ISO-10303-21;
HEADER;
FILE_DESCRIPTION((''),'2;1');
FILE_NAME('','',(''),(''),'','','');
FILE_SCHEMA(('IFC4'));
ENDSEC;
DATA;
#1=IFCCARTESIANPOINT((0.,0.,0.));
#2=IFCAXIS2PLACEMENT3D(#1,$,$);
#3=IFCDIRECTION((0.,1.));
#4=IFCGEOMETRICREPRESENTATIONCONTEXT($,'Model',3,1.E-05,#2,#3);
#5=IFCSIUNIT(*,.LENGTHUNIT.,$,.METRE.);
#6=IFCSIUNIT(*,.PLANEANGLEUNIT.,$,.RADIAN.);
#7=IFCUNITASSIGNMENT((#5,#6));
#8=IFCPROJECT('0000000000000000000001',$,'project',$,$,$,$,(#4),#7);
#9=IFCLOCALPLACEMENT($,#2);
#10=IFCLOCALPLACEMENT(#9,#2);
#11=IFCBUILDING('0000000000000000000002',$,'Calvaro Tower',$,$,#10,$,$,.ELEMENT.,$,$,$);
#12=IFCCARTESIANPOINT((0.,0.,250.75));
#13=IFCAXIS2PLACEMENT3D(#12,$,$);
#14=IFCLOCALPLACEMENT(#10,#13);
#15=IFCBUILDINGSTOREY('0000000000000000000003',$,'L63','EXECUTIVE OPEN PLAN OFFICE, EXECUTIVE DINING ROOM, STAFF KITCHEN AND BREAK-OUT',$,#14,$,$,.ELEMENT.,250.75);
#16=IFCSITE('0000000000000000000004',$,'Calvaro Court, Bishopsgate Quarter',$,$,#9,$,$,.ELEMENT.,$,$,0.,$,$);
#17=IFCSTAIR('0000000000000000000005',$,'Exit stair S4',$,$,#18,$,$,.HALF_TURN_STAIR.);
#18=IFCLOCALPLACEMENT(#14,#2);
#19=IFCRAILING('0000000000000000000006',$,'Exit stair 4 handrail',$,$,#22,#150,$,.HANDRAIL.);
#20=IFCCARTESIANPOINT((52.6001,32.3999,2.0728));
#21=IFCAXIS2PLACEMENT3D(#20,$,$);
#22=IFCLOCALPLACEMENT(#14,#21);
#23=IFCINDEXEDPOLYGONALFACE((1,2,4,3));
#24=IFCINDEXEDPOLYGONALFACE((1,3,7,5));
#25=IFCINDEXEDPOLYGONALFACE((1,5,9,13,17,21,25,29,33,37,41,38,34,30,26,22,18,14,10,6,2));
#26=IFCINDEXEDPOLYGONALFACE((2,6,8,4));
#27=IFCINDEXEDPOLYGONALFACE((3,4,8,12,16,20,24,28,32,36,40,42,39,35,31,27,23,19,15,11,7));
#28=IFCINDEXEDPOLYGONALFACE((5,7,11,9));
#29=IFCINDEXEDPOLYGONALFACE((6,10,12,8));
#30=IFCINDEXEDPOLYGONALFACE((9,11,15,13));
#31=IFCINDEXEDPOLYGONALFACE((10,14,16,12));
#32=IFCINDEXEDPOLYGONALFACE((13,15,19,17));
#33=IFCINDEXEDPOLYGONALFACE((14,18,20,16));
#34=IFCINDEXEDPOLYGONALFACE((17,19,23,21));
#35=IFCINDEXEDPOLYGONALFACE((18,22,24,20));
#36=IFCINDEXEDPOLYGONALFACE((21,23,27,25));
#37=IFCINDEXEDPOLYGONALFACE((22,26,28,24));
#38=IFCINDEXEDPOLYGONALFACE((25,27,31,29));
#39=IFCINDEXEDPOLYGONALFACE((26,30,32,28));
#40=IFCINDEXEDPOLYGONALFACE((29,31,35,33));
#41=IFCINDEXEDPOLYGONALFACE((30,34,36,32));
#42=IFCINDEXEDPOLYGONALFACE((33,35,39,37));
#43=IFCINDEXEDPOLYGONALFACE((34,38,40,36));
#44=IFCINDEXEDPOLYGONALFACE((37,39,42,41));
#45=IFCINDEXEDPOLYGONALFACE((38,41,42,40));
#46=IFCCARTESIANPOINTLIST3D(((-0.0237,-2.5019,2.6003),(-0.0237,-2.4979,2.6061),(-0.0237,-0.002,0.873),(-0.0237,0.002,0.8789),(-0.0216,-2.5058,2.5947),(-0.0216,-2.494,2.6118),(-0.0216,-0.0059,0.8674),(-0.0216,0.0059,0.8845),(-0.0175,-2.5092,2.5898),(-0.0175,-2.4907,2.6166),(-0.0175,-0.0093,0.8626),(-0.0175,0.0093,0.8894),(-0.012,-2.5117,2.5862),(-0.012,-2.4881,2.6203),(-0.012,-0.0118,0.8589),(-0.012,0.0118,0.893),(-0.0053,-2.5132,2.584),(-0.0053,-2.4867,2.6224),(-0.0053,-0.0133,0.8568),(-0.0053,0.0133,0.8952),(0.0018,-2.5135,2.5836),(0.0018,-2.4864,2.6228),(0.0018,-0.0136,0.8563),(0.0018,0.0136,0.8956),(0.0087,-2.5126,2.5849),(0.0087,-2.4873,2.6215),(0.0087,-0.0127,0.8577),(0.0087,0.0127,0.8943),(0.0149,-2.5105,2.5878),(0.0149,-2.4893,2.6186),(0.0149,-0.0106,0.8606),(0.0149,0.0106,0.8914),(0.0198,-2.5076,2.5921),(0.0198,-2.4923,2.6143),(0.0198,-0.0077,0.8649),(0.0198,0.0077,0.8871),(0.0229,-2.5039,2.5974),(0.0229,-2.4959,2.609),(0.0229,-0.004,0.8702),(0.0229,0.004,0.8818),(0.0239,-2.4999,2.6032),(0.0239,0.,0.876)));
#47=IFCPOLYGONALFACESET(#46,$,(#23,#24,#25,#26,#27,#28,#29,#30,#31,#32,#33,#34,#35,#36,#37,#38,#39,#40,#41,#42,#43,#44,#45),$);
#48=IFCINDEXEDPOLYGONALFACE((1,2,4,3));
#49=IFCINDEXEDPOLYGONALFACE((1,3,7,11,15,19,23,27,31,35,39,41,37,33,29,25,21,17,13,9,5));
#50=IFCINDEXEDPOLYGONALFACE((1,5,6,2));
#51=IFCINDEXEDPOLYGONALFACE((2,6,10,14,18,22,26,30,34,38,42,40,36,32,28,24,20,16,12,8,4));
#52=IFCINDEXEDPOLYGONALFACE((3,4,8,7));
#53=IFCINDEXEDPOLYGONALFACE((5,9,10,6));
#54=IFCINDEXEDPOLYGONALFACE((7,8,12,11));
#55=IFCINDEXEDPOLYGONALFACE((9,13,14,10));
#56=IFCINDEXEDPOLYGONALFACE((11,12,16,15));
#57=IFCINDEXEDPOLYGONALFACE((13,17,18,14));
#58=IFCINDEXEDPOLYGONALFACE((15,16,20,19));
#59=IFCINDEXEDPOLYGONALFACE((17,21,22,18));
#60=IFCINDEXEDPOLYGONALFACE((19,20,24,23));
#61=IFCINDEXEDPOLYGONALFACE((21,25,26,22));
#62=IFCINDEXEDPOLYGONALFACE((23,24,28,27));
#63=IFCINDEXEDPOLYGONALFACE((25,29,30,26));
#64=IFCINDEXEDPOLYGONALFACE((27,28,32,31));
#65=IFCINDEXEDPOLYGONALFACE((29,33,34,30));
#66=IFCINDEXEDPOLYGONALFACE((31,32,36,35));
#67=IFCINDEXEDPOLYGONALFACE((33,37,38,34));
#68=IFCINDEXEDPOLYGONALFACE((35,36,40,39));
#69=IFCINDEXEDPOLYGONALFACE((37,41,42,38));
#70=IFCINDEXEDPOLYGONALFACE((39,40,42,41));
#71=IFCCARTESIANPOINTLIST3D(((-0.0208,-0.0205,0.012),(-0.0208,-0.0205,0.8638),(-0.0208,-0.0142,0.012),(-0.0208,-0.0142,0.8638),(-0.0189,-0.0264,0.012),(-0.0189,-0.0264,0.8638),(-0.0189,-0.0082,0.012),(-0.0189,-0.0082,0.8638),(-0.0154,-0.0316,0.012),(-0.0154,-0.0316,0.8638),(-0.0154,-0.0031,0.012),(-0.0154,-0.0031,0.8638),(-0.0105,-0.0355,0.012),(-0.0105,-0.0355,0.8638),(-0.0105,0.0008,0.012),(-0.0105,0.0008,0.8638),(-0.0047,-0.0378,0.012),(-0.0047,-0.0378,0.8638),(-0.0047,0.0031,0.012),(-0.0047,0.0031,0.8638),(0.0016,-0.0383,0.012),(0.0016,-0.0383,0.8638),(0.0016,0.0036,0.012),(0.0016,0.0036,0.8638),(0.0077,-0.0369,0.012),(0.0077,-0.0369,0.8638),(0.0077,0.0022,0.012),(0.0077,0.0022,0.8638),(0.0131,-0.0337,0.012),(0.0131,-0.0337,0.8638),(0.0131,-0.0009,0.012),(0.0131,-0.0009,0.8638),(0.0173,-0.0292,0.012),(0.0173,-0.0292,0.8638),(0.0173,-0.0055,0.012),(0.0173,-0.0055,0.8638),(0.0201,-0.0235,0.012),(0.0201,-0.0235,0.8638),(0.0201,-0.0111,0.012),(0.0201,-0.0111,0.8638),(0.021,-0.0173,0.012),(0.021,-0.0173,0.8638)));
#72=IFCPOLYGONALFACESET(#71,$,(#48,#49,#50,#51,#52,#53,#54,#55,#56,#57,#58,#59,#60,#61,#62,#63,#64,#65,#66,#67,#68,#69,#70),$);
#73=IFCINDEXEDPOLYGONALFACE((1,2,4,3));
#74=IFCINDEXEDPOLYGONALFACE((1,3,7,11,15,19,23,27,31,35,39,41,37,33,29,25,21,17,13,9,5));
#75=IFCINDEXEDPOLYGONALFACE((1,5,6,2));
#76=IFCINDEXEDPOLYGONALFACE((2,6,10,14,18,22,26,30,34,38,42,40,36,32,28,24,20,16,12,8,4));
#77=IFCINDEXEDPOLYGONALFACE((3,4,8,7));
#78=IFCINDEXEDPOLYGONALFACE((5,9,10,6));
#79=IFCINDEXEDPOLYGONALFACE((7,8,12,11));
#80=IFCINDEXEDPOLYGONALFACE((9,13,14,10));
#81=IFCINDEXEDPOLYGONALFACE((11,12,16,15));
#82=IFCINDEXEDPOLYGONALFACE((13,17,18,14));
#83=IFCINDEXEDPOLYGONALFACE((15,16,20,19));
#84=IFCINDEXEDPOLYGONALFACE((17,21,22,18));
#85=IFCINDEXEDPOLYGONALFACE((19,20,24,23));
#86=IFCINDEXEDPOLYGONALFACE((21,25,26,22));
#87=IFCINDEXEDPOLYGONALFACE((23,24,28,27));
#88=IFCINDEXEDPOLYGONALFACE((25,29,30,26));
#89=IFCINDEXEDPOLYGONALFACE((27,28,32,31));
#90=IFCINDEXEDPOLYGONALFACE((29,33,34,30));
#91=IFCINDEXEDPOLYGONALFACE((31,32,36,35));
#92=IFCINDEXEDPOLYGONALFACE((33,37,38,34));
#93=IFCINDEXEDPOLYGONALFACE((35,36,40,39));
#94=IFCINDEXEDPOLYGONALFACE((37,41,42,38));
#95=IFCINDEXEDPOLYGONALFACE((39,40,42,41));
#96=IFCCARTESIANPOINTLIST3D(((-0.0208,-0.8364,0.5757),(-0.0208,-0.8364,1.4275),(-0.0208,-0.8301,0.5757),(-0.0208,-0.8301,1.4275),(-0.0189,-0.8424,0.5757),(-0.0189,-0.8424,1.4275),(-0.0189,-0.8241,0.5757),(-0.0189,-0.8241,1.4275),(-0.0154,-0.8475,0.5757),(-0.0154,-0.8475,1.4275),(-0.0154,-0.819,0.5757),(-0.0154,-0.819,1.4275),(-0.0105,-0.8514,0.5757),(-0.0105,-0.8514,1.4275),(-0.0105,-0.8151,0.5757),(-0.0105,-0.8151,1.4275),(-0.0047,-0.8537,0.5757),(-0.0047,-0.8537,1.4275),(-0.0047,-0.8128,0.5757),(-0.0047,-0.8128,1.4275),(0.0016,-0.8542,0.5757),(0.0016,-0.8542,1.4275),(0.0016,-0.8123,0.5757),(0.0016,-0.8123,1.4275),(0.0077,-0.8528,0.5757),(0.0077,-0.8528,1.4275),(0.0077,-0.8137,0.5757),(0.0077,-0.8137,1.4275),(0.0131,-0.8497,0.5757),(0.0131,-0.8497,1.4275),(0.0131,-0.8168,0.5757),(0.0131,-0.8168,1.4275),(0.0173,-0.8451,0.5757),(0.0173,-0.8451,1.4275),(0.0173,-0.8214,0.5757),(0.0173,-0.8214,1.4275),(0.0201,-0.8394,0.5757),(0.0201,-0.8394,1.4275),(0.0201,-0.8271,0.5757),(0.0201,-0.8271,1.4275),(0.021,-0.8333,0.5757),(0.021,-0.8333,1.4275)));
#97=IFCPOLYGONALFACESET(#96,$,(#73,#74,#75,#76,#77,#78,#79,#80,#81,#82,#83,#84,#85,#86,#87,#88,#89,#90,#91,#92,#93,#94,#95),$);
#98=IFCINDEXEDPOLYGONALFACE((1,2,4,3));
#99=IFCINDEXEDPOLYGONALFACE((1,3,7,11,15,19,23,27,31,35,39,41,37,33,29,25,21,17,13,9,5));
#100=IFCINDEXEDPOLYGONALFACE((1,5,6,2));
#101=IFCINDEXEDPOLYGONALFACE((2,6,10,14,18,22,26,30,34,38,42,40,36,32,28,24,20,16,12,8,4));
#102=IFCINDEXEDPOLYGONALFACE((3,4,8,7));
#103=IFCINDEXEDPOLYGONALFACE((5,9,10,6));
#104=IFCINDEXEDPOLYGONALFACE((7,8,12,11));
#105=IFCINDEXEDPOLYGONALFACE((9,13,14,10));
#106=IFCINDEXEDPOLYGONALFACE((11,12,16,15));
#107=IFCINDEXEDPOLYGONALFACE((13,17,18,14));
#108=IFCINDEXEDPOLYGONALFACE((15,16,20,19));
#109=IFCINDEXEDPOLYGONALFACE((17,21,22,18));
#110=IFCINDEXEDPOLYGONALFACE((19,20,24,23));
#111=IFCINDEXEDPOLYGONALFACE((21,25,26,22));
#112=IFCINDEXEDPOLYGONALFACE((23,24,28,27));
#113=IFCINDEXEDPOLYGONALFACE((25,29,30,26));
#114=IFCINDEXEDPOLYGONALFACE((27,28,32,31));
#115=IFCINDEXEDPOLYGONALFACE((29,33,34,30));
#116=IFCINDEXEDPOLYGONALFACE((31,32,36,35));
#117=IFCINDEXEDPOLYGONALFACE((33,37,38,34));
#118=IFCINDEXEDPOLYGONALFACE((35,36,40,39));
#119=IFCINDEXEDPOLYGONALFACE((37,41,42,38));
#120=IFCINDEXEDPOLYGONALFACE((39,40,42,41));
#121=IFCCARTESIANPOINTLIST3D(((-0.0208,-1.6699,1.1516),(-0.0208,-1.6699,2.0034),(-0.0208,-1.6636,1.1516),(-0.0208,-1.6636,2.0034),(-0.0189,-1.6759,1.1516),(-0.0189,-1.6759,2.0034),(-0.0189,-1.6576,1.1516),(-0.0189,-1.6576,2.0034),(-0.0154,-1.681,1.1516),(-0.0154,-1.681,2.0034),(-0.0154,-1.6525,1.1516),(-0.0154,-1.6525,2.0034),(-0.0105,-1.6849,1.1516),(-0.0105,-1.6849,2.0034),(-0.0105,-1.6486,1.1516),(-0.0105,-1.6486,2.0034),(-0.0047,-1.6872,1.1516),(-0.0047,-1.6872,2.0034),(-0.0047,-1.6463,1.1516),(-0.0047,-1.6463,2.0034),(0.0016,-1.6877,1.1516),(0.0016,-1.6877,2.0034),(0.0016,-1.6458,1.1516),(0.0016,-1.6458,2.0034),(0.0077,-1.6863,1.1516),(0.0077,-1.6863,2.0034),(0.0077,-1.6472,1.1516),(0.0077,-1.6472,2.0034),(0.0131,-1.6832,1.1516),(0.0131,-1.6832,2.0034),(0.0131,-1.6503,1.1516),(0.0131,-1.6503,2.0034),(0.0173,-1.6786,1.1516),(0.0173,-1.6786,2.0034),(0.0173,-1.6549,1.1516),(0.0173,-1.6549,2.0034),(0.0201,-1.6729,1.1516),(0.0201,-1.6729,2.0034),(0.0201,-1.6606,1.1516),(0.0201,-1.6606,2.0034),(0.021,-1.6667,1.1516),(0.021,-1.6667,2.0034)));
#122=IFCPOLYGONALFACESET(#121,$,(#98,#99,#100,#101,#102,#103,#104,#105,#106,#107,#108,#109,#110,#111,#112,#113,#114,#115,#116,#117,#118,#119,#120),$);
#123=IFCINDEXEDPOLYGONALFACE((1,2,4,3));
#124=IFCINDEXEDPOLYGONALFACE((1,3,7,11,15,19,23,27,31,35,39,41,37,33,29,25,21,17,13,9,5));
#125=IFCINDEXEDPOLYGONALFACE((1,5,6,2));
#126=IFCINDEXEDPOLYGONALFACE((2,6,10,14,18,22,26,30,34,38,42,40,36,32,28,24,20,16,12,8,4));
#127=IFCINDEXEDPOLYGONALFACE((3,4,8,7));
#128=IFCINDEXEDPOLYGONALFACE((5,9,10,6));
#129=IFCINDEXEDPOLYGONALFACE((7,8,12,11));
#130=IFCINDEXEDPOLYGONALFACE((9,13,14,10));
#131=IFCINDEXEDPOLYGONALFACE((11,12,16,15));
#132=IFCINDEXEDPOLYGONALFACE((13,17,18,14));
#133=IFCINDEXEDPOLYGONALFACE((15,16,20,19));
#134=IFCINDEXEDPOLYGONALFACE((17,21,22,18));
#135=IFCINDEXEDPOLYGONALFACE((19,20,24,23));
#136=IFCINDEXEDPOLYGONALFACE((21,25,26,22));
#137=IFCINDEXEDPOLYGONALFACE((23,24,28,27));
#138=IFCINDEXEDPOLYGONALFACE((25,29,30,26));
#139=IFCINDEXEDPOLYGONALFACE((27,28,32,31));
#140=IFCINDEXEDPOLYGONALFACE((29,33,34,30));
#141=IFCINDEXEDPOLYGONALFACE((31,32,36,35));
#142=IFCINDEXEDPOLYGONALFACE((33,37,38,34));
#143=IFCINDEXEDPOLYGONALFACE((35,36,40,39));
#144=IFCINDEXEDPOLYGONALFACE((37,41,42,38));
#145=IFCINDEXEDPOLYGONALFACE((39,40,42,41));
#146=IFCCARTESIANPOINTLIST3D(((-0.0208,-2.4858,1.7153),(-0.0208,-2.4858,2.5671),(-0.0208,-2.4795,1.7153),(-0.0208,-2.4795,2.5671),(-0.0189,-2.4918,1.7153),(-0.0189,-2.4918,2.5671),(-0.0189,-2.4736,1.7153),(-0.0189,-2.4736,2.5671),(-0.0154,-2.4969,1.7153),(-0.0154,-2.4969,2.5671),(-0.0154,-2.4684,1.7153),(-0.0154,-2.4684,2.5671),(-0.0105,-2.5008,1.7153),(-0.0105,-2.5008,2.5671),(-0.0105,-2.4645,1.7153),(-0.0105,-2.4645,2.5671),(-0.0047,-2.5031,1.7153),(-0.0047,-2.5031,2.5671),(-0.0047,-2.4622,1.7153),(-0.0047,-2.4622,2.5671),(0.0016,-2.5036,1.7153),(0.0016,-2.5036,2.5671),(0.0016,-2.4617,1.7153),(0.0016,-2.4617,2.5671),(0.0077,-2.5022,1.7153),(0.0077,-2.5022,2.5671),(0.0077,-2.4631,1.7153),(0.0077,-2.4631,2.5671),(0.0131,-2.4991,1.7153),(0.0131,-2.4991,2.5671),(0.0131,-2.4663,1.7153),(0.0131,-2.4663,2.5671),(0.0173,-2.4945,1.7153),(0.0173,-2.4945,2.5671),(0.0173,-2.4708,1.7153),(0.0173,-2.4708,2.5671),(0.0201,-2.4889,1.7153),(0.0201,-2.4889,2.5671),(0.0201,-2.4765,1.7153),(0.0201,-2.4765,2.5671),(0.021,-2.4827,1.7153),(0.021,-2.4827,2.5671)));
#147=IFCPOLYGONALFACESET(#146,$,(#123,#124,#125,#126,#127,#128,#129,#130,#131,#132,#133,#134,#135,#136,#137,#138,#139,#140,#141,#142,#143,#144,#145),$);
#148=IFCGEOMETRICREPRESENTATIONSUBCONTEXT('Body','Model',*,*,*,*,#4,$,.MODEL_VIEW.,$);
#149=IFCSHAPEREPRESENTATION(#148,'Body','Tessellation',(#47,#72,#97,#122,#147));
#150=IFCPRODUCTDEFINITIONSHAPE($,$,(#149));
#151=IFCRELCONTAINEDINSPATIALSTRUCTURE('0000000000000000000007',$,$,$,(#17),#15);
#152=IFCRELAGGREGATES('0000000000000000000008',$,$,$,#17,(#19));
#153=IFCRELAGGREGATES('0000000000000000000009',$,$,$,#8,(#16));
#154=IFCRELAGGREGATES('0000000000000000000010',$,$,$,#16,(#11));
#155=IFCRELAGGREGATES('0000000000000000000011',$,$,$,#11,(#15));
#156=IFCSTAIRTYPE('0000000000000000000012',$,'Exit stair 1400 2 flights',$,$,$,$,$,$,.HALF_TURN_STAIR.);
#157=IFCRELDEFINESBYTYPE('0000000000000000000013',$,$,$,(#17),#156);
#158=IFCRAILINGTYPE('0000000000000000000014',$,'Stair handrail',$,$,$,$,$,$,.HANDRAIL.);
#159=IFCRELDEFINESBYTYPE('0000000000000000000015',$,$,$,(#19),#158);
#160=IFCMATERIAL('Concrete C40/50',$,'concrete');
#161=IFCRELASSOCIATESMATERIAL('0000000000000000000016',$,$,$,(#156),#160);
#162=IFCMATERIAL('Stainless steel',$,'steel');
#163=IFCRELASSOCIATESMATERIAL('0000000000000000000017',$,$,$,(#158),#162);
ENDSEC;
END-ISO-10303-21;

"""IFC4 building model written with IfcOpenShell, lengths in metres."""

from ifc_helpers import new_model, si_unit, direction, frame, origin, origin_2d, place, context, subcontext, project, spatial, circle, extrude, material, type_object, element, aggregate, save


model = new_model("IFC4")

# Units and contexts
model_context = context("Model", 3, precision=1e-05, world=origin(), true_north=direction((0.0, 1.0)))
body_context = subcontext(model_context, "Body", "Model", "MODEL_VIEW")
ifc_project = project(units=[si_unit("LENGTHUNIT", "METRE"), si_unit("PLANEANGLEUNIT", "RADIAN")], contexts=[model_context])

# Site, building, storey
site_placement = place(None, origin())
site = spatial("IfcSite", under=ifc_project, at=site_placement, Name="Calvaro Court, Bishopsgate Quarter", CompositionType="ELEMENT", RefElevation=0.0)
building_placement = place(site_placement, origin())
building = spatial("IfcBuilding", under=site, at=building_placement, Name="Calvaro Tower", CompositionType="ELEMENT")
storey_placement = place(building_placement, frame((0.0, 0.0, 250.75)))
storey = spatial("IfcBuildingStorey", under=building, at=storey_placement, Name="L63", Description="EXECUTIVE OPEN PLAN OFFICE, EXECUTIVE DINING ROOM, STAFF KITCHEN AND BREAK-OUT", CompositionType="ELEMENT", Elevation=250.75)

# Stair
ifc_material_1 = material(Name="Concrete C40/50", Category="concrete")
stair_type = type_object("IfcStairType", Name="Exit stair 1400 2 flights", PredefinedType="HALF_TURN_STAIR", material=ifc_material_1)
stair_1_placement = place(storey_placement, origin())
stair_1 = element("IfcStair", 1, at=stair_1_placement, inside=storey, type_object=stair_type, Name="Exit stair S4", PredefinedType="HALF_TURN_STAIR")

# Railing
ifc_material_2 = material(Name="Stainless steel", Category="steel")
railing_type = type_object("IfcRailingType", Name="Stair handrail", PredefinedType="HANDRAIL", material=ifc_material_2)
railing_1_placement = place(storey_placement, frame((52.6001, 32.3999, 2.0728)))
railing_1 = element("IfcRailing", 2, at=railing_1_placement, type_object=railing_type, Name="Exit stair 4 handrail", PredefinedType="HANDRAIL", context=body_context, shape_type="SweptSolid", body=[
    extrude(circle(Radius=0.0239, at=origin_2d()), frame((0.0, 0.0, 0.876), z_axis=(0.0, -0.822727, 0.568437), x_axis=(1.0, 0.0, 0.0)), (0.0, 0.0, 1.0), 3.0386),
    extrude(circle(Radius=0.021, at=origin_2d()), frame((0.0, -0.0173, 0.012)), (0.0, 0.0, 1.0), 0.8518),
    extrude(circle(Radius=0.021, at=origin_2d()), frame((0.0, -0.8333, 0.5757)), (0.0, 0.0, 1.0), 0.8518),
    extrude(circle(Radius=0.021, at=origin_2d()), frame((0.0, -1.6667, 1.1516)), (0.0, 0.0, 1.0), 0.8518),
    extrude(circle(Radius=0.021, at=origin_2d()), frame((0.0, -2.4827, 1.7153)), (0.0, 0.0, 1.0), 0.8518),
])
aggregate(stair_1, [railing_1])

save(model, "model.ifc")
